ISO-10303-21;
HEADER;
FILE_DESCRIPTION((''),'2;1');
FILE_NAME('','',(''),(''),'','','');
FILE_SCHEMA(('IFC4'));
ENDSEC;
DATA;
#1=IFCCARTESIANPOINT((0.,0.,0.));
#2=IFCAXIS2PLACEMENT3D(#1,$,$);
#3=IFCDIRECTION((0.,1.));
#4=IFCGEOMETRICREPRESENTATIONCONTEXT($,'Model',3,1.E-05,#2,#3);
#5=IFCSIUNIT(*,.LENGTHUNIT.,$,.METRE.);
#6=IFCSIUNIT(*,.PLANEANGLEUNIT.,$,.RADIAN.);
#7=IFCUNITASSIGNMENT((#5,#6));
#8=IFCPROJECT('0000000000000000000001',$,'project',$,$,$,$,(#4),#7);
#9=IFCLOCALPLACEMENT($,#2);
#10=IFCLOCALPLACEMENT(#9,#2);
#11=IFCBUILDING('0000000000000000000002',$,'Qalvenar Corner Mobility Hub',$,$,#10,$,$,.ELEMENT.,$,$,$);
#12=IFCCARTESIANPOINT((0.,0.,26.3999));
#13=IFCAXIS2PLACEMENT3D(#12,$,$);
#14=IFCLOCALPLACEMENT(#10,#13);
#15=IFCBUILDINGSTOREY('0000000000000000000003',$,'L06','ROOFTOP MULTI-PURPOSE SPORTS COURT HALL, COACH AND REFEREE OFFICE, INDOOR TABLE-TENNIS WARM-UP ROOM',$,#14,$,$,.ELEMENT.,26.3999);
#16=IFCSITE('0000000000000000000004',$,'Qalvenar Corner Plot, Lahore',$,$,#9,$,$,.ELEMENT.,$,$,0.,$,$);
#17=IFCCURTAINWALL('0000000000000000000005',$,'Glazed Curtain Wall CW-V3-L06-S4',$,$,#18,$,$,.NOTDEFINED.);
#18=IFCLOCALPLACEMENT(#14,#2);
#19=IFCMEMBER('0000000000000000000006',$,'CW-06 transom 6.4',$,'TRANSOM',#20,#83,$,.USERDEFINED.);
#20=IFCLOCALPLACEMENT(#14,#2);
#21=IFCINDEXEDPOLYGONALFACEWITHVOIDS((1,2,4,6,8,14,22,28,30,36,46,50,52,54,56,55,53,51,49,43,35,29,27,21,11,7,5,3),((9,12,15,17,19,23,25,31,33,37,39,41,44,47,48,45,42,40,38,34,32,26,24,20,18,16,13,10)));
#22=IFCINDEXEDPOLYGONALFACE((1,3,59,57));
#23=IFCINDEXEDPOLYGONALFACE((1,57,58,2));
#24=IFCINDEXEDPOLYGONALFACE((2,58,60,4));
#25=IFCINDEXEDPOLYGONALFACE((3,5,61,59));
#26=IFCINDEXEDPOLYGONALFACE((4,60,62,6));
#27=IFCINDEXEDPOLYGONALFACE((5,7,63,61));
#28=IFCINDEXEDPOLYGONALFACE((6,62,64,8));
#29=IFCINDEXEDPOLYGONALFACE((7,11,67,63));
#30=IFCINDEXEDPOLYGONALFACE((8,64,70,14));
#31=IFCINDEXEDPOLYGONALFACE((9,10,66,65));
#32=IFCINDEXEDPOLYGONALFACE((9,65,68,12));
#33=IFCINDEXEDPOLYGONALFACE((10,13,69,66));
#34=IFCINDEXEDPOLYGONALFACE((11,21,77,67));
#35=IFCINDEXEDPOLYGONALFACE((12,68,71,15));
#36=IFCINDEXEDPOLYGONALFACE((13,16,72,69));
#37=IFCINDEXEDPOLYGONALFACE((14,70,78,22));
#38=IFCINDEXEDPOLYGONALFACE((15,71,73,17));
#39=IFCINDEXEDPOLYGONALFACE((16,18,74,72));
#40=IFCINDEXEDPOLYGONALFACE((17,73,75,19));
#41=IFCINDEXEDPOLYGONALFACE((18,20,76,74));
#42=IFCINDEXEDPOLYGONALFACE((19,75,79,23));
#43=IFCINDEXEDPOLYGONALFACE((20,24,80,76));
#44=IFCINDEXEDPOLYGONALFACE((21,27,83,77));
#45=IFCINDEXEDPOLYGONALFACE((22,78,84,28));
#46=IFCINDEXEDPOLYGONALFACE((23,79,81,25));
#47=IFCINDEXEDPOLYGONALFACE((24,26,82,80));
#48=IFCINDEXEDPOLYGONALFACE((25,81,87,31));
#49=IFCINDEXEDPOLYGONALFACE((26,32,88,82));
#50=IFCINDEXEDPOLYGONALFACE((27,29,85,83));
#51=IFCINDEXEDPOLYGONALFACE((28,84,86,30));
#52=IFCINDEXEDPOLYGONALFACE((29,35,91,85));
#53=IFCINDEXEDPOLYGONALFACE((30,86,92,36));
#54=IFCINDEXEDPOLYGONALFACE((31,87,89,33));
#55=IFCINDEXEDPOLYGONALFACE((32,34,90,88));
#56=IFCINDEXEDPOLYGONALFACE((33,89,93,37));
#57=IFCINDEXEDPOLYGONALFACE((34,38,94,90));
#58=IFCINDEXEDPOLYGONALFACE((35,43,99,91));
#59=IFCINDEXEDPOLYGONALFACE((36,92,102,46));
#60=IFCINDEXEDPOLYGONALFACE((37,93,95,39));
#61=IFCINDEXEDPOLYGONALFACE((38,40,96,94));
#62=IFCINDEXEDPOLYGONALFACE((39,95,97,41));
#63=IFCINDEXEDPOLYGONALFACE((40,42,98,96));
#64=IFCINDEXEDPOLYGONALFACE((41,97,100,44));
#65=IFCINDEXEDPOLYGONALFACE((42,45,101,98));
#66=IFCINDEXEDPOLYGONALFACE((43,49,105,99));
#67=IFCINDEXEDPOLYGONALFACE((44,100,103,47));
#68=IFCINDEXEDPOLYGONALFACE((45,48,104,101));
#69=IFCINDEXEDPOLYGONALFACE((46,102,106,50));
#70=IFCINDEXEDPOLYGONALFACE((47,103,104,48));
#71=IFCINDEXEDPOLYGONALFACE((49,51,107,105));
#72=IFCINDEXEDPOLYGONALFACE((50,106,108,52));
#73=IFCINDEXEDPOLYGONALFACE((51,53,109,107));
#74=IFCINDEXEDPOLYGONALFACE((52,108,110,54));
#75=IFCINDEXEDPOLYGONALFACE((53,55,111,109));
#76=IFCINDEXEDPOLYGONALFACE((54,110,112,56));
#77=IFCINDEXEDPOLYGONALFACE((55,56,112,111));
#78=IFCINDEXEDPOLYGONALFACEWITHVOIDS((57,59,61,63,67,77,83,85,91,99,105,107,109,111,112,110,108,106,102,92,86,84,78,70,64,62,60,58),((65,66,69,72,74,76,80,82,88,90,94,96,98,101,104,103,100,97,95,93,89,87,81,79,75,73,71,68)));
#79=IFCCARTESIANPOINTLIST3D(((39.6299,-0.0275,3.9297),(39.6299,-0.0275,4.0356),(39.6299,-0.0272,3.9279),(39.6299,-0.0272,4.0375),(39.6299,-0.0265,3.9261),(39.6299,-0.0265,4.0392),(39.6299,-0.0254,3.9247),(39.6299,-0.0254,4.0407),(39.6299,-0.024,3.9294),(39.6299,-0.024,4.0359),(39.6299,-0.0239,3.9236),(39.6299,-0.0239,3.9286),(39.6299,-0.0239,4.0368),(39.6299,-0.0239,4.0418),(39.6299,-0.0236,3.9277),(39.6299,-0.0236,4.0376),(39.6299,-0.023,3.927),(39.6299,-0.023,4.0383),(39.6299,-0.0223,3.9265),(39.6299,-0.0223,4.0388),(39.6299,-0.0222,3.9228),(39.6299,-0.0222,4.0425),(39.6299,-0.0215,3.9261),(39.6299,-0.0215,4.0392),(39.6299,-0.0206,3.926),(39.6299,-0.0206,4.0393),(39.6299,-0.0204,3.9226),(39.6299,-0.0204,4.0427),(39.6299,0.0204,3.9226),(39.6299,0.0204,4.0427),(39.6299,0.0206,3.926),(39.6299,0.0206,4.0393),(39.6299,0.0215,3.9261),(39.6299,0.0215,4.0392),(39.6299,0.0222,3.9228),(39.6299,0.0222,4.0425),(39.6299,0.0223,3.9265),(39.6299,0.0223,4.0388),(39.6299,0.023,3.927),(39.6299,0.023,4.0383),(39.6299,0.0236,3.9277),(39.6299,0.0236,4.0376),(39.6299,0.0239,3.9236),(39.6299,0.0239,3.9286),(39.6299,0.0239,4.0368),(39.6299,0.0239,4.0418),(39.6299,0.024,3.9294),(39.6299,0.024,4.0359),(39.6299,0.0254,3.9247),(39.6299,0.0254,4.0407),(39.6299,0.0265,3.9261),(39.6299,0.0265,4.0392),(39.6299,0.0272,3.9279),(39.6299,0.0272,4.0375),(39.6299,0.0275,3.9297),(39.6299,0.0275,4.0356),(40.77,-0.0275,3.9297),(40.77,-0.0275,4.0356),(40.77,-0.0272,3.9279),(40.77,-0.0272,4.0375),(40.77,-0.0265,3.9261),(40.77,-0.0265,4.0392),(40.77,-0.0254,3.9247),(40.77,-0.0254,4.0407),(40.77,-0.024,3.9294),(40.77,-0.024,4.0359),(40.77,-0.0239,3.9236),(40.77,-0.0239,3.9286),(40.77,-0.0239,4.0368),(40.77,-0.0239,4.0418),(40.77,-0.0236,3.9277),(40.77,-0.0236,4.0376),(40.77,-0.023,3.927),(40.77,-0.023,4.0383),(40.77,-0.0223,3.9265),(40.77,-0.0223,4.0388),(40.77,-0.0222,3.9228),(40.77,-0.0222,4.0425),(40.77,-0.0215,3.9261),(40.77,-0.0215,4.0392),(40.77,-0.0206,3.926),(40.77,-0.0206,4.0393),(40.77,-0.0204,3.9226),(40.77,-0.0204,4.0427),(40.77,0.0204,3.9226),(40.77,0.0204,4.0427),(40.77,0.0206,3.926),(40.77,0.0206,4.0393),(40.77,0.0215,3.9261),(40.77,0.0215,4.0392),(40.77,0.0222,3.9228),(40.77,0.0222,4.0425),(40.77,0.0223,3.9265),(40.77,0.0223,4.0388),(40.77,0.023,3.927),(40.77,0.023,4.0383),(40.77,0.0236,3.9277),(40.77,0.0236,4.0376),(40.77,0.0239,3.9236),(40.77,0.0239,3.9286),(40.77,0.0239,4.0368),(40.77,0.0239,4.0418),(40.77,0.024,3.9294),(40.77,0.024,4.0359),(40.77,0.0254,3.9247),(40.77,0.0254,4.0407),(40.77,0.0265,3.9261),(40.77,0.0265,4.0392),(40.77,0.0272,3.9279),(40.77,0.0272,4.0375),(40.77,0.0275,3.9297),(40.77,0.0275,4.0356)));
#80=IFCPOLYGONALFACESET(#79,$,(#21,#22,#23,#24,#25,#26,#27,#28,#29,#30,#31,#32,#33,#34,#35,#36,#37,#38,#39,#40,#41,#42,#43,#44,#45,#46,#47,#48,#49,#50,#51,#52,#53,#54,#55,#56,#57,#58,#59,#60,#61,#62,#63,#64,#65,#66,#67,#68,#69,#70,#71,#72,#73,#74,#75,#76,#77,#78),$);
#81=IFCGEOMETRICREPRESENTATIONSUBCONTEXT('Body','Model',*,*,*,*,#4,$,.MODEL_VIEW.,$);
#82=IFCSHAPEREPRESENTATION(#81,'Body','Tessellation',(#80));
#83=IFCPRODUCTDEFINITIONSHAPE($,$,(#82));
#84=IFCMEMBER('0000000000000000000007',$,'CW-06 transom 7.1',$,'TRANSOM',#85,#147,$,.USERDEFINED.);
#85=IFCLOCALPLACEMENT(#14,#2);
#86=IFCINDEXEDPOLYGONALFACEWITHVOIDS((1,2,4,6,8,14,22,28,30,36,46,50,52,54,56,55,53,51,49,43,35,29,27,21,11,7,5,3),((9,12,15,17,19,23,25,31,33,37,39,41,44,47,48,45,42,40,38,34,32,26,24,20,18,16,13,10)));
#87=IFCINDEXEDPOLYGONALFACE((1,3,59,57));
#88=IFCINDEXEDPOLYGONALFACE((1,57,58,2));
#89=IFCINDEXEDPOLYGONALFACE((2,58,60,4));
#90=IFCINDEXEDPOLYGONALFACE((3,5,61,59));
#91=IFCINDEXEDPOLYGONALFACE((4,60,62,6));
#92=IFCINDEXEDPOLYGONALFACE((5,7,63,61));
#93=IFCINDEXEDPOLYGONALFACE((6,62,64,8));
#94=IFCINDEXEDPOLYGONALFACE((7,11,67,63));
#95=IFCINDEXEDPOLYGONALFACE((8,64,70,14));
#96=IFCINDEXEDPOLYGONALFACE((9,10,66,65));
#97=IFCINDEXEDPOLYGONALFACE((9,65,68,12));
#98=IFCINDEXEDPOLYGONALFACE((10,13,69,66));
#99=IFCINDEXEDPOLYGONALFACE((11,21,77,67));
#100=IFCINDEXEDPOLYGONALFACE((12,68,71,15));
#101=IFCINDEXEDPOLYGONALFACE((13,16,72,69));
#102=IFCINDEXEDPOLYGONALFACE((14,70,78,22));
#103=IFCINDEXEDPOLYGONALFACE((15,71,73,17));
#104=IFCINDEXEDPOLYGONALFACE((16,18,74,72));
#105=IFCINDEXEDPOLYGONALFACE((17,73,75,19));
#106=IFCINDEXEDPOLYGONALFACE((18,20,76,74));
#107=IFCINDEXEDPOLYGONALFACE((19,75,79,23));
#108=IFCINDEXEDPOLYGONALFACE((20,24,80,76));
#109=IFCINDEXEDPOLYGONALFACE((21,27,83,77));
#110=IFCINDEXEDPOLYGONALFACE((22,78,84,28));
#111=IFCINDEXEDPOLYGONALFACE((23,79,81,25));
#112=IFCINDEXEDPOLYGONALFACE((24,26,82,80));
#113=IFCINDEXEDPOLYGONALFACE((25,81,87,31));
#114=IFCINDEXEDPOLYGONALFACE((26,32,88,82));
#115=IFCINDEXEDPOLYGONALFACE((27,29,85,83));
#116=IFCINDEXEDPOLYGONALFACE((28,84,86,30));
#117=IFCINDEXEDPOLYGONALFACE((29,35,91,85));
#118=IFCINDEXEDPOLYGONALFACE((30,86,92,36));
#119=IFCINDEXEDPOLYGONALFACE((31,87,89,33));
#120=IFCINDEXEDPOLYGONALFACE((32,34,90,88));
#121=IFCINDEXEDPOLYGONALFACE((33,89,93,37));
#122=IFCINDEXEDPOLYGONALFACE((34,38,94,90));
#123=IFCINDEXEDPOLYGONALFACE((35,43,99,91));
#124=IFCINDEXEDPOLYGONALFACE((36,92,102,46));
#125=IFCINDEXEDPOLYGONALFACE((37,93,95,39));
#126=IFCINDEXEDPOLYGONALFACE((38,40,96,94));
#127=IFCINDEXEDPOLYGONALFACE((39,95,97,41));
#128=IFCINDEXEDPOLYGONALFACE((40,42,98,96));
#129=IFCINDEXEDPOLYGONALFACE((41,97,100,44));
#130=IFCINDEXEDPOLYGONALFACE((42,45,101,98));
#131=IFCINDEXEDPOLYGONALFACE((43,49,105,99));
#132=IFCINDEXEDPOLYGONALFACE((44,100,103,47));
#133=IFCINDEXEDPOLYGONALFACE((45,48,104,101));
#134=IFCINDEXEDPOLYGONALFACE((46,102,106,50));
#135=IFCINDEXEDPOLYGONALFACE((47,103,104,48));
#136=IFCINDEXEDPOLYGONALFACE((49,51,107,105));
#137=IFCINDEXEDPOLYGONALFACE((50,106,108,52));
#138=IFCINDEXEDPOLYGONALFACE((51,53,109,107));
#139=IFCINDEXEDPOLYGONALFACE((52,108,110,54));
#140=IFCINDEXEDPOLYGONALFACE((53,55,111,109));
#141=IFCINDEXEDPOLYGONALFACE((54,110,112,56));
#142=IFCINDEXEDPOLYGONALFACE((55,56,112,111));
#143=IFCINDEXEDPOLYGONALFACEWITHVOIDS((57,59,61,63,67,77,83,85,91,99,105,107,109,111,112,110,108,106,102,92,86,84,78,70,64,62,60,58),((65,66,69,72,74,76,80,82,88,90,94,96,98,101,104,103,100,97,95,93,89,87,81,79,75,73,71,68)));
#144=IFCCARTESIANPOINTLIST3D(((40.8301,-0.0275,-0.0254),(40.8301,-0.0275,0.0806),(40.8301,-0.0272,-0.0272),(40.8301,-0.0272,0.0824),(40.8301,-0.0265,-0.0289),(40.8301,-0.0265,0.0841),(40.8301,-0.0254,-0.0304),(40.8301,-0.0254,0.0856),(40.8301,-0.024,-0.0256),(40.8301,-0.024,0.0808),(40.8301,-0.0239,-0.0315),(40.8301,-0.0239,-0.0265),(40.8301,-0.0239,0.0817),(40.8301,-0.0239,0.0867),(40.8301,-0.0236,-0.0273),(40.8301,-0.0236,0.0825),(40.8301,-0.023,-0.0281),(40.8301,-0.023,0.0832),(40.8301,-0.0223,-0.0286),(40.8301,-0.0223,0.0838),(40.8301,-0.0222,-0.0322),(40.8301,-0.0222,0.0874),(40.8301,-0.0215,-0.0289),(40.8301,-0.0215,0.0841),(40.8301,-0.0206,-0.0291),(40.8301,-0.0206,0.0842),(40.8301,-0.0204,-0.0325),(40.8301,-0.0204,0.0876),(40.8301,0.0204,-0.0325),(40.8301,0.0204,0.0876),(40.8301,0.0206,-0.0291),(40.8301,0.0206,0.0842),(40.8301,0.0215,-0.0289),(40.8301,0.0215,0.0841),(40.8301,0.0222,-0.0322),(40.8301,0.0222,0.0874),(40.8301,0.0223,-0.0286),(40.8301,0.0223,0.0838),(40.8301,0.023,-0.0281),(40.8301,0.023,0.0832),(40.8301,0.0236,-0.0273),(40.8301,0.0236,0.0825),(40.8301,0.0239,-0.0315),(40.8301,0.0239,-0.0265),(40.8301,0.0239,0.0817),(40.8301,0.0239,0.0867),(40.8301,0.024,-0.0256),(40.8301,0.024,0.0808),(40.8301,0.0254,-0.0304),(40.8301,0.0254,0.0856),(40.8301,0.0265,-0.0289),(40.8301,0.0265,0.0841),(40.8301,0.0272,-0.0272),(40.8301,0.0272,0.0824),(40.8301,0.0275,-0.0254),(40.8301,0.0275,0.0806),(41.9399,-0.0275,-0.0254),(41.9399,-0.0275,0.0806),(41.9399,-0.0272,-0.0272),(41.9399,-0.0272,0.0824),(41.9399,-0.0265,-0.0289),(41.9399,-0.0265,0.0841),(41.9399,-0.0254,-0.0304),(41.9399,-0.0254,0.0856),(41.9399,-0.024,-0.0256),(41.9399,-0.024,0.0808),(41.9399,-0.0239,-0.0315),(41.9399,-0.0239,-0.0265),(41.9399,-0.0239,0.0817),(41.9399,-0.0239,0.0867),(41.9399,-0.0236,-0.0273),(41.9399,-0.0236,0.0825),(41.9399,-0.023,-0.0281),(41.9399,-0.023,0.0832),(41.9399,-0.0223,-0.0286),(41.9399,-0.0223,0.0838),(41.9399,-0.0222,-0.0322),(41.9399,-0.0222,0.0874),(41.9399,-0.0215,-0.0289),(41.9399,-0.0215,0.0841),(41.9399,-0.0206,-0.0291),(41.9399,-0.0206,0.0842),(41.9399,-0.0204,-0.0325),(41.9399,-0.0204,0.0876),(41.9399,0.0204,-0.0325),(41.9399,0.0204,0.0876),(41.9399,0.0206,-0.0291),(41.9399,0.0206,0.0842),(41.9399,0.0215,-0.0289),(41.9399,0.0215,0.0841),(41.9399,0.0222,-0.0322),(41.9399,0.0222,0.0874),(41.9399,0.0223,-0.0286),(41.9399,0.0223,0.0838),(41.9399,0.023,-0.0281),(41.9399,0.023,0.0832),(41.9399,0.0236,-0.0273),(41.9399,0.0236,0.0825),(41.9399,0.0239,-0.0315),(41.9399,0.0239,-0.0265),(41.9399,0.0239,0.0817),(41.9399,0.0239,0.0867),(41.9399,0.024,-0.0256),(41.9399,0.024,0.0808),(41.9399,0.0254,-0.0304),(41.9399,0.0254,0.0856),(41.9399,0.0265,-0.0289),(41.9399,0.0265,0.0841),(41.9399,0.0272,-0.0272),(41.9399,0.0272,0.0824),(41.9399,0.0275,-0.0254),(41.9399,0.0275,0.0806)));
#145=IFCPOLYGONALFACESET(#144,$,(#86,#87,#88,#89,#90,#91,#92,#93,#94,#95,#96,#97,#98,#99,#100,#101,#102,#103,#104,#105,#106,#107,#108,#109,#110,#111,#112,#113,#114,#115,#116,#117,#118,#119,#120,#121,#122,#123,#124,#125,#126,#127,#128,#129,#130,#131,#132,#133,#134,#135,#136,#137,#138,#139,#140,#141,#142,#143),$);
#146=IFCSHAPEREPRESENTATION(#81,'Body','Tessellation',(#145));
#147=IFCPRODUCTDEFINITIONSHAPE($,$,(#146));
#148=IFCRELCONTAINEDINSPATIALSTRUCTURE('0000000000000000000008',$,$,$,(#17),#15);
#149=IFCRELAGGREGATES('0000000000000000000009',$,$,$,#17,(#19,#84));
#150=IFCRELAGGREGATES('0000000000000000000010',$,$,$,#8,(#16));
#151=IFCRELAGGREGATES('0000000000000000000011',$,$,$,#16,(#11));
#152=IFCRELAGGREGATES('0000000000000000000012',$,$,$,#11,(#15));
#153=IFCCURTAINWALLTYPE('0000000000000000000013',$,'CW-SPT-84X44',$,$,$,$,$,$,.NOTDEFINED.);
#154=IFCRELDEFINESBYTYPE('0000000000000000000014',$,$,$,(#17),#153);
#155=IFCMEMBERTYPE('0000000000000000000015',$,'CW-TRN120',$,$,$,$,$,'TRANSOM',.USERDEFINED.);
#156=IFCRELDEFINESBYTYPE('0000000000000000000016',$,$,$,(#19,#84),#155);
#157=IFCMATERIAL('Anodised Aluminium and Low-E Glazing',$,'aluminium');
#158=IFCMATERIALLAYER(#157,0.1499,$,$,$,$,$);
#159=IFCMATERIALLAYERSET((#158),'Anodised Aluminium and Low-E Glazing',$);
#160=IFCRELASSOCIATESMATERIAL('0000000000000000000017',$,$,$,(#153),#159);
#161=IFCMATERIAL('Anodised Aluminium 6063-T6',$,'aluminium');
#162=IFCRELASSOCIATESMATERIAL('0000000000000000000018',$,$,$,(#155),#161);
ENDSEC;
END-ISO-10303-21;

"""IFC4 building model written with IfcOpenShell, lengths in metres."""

from ifc_helpers import new_model, si_unit, direction, frame, origin, origin_2d, place, context, subcontext, project, spatial, hollow_rectangle, extrude, material, layer, layer_set, material_profile, profile_set, type_object, element, aggregate, save


model = new_model("IFC4")

# Units and contexts
model_context = context("Model", 3, precision=1e-05, world=origin(), true_north=direction((0.0, 1.0)))
body_context = subcontext(model_context, "Body", "Model", "MODEL_VIEW")
ifc_project = project(units=[si_unit("LENGTHUNIT", "METRE"), si_unit("PLANEANGLEUNIT", "RADIAN")], contexts=[model_context])

# Site, building, storey
site_placement = place(None, origin())
site = spatial("IfcSite", under=ifc_project, at=site_placement, Name="Qalvenar Corner Plot, Lahore", CompositionType="ELEMENT", RefElevation=0.0)
building_placement = place(site_placement, origin())
building = spatial("IfcBuilding", under=site, at=building_placement, Name="Qalvenar Corner Mobility Hub", CompositionType="ELEMENT")
storey_placement = place(building_placement, frame((0.0, 0.0, 26.3999)))
storey = spatial("IfcBuildingStorey", under=building, at=storey_placement, Name="L06", Description="ROOFTOP MULTI-PURPOSE SPORTS COURT HALL, COACH AND REFEREE OFFICE, INDOOR TABLE-TENNIS WARM-UP ROOM", CompositionType="ELEMENT", Elevation=26.3999)

# Curtain wall
ifc_material_1 = material(Name="Anodised Aluminium and Low-E Glazing", Category="aluminium")
ifc_material_2 = material(Name="Anodised Aluminium 6063-T6", Category="aluminium")
ifc_layer_1 = layer(ifc_material_1, 0.1499)
ifc_layer_set_1 = layer_set([ifc_layer_1], Name="Anodised Aluminium and Low-E Glazing")
curtain_wall_type_1 = type_object("IfcCurtainWallType", Name="CW-SPT-84X44", PredefinedType="NOTDEFINED", material=ifc_layer_set_1)
curtain_wall_1_placement = place(storey_placement, origin())
curtain_wall_1 = element("IfcCurtainWall", 1, at=curtain_wall_1_placement, inside=storey, type_object=curtain_wall_type_1, Name="Glazed Curtain Wall CW-V3-L06-S4", PredefinedType="NOTDEFINED")

# Members
ifc_material_profile_1 = material_profile(ifc_material_2, hollow_rectangle(XDim=0.0549, YDim=0.1201, WallThickness=0.0034, InnerFilletRadius=0.0034, OuterFilletRadius=0.0071, at=origin_2d()), Name="RHS120x55x3.5")
ifc_profile_set_1 = profile_set([ifc_material_profile_1], Name="Anodised Aluminium 6063-T6")
member_type_1 = type_object("IfcMemberType", Name="CW-TRN120", ElementType="TRANSOM", PredefinedType="USERDEFINED", material=ifc_profile_set_1)
member_1_placement = place(storey_placement, frame((39.6299, 0.0, 3.9827), z_axis=(1.0, 0.0, 0.0), x_axis=(0.0, 1.0, 0.0)))
member_1 = element("IfcMember", 2, at=member_1_placement, type_object=member_type_1, Name="CW-06 transom 6.4", ObjectType="TRANSOM", PredefinedType="USERDEFINED", context=body_context, shape_type="SweptSolid", body=[
    extrude(hollow_rectangle(XDim=0.0549, YDim=0.1201, WallThickness=0.0034, InnerFilletRadius=0.0034, OuterFilletRadius=0.0071, at=origin_2d()), origin(), (0.0, 0.0, 1.0), 1.1401),
])
member_2_placement = place(storey_placement, frame((40.8301, 0.0, 0.0276), z_axis=(1.0, 0.0, 0.0), x_axis=(0.0, 1.0, 0.0)))
member_2 = element("IfcMember", 3, at=member_2_placement, type_object=member_type_1, Name="CW-06 transom 7.1", ObjectType="TRANSOM", PredefinedType="USERDEFINED", context=body_context, shape_type="SweptSolid", body=[
    extrude(hollow_rectangle(XDim=0.0549, YDim=0.1201, WallThickness=0.0034, InnerFilletRadius=0.0034, OuterFilletRadius=0.0071, at=origin_2d()), origin(), (0.0, 0.0, 1.0), 1.1099),
])

aggregate(curtain_wall_1, [member_1, member_2])

save(model, "model.ifc")
